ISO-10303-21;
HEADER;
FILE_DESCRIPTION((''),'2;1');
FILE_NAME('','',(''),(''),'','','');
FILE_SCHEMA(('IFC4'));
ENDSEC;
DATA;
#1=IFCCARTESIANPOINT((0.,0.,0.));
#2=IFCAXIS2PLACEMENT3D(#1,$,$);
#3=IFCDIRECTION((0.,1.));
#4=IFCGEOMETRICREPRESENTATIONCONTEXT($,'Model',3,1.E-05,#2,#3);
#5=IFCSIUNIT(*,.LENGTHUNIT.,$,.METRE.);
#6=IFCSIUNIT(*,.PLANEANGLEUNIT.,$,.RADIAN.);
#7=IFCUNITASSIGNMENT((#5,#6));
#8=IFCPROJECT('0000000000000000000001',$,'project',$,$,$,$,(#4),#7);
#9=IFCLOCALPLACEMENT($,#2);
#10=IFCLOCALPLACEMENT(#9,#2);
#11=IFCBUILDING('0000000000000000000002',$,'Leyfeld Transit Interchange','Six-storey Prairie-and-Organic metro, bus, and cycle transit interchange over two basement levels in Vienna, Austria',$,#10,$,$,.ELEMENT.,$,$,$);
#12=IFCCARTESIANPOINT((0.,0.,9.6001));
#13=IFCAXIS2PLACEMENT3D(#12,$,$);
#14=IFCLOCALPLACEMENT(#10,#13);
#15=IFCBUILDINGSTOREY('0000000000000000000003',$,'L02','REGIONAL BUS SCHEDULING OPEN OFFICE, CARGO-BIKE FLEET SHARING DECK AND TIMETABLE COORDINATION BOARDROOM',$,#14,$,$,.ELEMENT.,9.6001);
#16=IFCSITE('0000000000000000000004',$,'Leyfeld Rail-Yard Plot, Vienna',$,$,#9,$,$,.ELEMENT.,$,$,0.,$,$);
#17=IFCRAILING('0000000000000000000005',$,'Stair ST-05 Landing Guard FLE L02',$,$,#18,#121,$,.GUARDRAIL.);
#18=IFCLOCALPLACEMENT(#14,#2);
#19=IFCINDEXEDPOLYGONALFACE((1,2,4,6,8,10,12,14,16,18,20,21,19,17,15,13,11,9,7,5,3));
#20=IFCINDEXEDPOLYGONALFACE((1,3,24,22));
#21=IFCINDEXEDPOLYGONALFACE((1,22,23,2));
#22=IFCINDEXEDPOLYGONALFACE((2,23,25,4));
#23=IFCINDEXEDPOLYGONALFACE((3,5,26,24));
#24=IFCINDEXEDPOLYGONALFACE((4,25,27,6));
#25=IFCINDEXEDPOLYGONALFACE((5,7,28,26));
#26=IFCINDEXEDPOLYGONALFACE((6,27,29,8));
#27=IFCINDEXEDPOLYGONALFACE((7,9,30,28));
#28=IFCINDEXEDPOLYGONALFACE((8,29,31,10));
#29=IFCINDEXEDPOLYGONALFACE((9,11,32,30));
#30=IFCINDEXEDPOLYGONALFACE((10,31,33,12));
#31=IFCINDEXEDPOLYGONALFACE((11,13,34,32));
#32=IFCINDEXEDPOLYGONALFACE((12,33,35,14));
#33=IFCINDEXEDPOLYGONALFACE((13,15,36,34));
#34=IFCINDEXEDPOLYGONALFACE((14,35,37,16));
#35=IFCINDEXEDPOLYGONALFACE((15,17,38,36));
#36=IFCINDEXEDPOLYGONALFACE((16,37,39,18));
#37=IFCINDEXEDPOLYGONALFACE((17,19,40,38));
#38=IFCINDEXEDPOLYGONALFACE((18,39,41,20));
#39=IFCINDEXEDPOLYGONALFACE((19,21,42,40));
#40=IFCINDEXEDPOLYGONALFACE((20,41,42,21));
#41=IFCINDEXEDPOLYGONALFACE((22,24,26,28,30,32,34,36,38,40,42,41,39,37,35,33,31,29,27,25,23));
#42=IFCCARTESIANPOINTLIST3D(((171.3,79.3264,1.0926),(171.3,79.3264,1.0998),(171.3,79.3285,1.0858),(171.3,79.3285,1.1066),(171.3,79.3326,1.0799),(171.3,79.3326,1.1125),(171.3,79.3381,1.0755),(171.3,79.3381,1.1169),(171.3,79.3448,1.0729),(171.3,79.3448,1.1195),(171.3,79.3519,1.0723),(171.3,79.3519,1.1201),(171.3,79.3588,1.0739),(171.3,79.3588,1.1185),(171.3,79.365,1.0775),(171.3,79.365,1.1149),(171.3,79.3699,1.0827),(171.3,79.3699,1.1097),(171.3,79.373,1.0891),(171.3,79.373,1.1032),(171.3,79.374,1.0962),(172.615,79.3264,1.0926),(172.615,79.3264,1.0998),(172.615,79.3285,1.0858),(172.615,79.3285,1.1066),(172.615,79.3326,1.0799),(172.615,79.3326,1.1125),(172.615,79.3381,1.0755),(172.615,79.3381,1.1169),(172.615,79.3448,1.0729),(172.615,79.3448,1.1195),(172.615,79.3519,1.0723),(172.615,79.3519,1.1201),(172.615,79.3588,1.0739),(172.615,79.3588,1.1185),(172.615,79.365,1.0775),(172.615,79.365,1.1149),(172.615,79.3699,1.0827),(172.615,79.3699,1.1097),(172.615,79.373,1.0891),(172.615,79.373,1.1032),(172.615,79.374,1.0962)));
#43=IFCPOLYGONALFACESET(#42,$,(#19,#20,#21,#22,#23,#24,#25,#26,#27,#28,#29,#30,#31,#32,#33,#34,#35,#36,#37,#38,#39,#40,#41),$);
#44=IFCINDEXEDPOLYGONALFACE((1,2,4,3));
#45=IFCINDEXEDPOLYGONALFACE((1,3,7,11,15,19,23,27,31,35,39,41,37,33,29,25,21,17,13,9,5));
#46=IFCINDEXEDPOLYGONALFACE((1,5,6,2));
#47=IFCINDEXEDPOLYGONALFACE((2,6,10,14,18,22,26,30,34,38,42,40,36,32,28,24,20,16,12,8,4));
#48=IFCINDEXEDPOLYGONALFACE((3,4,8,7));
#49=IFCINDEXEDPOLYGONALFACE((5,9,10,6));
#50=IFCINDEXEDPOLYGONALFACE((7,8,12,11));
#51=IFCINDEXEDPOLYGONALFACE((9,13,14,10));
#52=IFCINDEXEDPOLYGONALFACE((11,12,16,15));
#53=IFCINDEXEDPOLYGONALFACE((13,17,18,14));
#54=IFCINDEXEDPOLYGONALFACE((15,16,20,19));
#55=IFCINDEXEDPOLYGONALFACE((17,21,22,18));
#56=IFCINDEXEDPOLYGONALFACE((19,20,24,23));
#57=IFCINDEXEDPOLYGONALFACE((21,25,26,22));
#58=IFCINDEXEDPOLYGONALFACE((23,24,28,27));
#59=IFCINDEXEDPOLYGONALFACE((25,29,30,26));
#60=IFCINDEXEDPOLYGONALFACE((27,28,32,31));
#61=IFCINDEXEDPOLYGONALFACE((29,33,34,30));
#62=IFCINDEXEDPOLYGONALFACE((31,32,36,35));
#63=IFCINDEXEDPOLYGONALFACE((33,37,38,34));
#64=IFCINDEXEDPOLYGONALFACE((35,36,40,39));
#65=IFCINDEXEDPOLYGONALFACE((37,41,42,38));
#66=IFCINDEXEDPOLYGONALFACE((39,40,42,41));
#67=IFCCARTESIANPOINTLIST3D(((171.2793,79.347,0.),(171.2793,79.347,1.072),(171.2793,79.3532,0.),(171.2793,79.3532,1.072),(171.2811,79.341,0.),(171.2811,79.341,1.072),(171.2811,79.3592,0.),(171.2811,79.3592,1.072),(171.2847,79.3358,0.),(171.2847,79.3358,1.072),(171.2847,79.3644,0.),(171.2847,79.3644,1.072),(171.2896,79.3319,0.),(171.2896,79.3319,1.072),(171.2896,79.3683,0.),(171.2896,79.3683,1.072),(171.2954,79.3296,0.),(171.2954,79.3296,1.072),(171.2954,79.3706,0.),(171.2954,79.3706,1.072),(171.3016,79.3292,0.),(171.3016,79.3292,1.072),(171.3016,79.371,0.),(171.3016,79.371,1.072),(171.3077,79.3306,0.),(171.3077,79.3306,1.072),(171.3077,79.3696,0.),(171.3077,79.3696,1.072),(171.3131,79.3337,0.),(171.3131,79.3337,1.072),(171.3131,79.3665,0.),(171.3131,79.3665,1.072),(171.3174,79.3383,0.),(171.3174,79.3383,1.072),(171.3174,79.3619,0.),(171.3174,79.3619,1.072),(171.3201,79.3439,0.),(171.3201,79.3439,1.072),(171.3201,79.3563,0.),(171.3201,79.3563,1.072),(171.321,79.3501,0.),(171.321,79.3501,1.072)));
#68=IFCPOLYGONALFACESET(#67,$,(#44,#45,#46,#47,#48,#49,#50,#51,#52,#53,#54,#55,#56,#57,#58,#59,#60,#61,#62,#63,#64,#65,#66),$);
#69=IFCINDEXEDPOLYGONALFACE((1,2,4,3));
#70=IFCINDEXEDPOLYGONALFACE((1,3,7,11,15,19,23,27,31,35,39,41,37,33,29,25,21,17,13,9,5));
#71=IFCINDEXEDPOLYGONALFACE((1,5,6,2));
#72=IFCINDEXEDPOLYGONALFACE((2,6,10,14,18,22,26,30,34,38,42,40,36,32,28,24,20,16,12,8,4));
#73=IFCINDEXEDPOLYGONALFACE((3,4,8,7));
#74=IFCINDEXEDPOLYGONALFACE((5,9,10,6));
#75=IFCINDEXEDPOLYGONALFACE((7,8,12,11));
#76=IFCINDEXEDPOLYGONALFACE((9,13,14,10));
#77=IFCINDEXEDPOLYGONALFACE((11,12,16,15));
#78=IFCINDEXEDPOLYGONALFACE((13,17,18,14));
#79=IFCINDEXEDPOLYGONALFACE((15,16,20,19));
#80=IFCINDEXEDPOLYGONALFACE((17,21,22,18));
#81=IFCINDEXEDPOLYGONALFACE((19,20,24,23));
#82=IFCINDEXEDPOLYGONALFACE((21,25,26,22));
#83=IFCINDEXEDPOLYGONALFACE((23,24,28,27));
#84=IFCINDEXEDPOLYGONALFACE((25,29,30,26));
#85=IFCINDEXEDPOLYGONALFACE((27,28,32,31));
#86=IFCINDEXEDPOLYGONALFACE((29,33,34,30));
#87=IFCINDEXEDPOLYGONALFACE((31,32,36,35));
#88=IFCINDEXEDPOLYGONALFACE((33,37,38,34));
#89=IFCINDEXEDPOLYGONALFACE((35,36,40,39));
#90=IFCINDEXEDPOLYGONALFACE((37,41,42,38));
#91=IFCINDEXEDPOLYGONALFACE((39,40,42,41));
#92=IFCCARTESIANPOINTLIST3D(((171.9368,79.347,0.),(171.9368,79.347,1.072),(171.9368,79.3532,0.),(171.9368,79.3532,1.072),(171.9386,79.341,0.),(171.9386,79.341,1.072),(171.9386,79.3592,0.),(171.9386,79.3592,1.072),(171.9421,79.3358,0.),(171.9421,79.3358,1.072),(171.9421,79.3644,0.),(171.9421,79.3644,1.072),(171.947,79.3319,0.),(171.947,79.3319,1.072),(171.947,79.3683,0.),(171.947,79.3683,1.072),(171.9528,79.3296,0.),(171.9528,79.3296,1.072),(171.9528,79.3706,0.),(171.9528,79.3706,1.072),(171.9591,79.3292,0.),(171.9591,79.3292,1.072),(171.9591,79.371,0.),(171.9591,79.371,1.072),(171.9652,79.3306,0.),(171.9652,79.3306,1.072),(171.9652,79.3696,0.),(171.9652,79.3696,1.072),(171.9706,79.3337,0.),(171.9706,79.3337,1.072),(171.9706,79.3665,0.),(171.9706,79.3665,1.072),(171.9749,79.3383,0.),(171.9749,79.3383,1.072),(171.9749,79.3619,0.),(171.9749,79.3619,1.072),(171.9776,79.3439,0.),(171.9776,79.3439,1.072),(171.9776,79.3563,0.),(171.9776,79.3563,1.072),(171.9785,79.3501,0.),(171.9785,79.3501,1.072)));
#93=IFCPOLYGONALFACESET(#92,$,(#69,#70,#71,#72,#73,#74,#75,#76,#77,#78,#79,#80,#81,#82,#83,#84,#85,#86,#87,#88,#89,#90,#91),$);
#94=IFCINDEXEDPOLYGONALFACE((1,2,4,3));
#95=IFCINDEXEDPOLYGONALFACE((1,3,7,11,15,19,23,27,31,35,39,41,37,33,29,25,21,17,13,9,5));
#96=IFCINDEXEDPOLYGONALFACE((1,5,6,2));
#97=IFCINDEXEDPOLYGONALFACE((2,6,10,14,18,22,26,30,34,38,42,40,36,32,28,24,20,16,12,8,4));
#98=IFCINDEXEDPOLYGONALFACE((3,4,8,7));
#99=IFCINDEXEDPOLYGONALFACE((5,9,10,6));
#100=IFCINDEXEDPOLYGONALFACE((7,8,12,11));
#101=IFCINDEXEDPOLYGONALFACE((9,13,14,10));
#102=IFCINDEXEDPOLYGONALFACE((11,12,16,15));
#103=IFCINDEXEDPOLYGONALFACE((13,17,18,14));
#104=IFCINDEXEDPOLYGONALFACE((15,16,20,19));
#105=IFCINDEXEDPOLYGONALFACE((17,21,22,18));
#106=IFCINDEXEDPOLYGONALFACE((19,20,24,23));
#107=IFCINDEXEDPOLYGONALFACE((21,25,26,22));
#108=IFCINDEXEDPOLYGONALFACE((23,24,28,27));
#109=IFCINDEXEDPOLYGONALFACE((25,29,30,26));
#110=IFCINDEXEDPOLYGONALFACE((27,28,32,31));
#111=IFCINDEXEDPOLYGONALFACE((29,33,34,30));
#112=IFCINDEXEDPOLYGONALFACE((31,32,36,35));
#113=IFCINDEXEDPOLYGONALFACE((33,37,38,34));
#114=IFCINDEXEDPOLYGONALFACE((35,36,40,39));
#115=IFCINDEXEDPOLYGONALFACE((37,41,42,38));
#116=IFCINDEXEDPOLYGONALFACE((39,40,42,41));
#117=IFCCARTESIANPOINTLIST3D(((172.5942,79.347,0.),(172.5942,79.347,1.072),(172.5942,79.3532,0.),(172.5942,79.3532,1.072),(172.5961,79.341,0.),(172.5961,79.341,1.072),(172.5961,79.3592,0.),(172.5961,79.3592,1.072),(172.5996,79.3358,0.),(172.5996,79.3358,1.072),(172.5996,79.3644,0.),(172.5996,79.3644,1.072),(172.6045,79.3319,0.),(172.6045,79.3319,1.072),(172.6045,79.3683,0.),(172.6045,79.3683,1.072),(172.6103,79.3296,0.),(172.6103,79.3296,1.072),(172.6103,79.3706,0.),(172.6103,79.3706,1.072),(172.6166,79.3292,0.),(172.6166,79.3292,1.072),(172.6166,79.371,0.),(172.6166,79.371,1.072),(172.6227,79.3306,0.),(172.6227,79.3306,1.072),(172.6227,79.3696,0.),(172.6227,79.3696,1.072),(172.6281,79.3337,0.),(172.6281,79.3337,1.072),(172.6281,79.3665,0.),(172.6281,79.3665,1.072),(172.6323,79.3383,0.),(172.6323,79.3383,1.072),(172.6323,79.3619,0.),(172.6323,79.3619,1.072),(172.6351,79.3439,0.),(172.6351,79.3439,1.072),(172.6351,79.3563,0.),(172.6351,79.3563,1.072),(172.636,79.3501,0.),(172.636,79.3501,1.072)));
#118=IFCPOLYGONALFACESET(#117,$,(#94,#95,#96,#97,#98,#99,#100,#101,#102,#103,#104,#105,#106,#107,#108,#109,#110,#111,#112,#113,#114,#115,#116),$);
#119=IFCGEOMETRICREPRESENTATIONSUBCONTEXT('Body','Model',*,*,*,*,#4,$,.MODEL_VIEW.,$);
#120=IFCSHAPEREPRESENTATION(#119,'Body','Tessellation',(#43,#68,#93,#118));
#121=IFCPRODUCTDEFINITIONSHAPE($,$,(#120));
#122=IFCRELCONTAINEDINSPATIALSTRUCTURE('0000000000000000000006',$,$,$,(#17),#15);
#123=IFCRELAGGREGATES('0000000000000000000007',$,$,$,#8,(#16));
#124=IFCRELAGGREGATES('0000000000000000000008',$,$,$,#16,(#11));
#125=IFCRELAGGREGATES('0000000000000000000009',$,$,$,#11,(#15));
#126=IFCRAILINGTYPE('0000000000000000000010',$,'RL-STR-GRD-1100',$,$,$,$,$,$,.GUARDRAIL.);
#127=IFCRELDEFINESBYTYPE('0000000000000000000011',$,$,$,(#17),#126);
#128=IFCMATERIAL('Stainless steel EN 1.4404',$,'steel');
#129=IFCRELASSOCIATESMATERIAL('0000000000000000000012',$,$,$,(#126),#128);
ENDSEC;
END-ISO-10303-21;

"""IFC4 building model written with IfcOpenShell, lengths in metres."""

from ifc_helpers import new_model, si_unit, direction, frame, origin, origin_2d, place, context, subcontext, project, spatial, circle, extrude, material, type_object, element, save


model = new_model("IFC4")

# Units and contexts
model_context = context("Model", 3, precision=1e-05, world=origin(), true_north=direction((0.0, 1.0)))
body_context = subcontext(model_context, "Body", "Model", "MODEL_VIEW")
ifc_project = project(units=[si_unit("LENGTHUNIT", "METRE"), si_unit("PLANEANGLEUNIT", "RADIAN")], contexts=[model_context])

# Site, building, storey
site_placement = place(None, origin())
site = spatial("IfcSite", under=ifc_project, at=site_placement, Name="Leyfeld Rail-Yard Plot, Vienna", CompositionType="ELEMENT", RefElevation=0.0)
building_placement = place(site_placement, origin())
building = spatial("IfcBuilding", under=site, at=building_placement, Name="Leyfeld Transit Interchange", Description="Six-storey Prairie-and-Organic metro, bus, and cycle transit interchange over two basement levels in Vienna, Austria", CompositionType="ELEMENT")
storey_placement = place(building_placement, frame((0.0, 0.0, 9.6001)))
storey = spatial("IfcBuildingStorey", under=building, at=storey_placement, Name="L02", Description="REGIONAL BUS SCHEDULING OPEN OFFICE, CARGO-BIKE FLEET SHARING DECK AND TIMETABLE COORDINATION BOARDROOM", CompositionType="ELEMENT", Elevation=9.6001)

# Railing
ifc_material_1 = material(Name="Stainless steel EN 1.4404", Category="steel")
railing_type_1 = type_object("IfcRailingType", Name="RL-STR-GRD-1100", PredefinedType="GUARDRAIL", material=ifc_material_1)
railing_1_placement = place(storey_placement, frame((171.3, 79.3501, 0.0)))
element("IfcRailing", 1, at=railing_1_placement, inside=storey, type_object=railing_type_1, Name="Stair ST-05 Landing Guard FLE L02", PredefinedType="GUARDRAIL", context=body_context, shape_type="SweptSolid", body=[
    extrude(circle(Radius=0.0239, at=origin_2d()), frame((0.0, 0.0, 1.0962), z_axis=(1.0, 0.0, 0.0), x_axis=(0.0, 1.0, 0.0)), (0.0, 0.0, 1.0), 1.3149),
    extrude(circle(Radius=0.021, at=origin_2d()), origin(), (0.0, 0.0, 1.0), 1.072),
    extrude(circle(Radius=0.021, at=origin_2d()), frame((0.6575, 0.0, 0.0)), (0.0, 0.0, 1.0), 1.072),
    extrude(circle(Radius=0.021, at=origin_2d()), frame((1.3149, 0.0, 0.0)), (0.0, 0.0, 1.0), 1.072),
])

save(model, "model.ifc")
